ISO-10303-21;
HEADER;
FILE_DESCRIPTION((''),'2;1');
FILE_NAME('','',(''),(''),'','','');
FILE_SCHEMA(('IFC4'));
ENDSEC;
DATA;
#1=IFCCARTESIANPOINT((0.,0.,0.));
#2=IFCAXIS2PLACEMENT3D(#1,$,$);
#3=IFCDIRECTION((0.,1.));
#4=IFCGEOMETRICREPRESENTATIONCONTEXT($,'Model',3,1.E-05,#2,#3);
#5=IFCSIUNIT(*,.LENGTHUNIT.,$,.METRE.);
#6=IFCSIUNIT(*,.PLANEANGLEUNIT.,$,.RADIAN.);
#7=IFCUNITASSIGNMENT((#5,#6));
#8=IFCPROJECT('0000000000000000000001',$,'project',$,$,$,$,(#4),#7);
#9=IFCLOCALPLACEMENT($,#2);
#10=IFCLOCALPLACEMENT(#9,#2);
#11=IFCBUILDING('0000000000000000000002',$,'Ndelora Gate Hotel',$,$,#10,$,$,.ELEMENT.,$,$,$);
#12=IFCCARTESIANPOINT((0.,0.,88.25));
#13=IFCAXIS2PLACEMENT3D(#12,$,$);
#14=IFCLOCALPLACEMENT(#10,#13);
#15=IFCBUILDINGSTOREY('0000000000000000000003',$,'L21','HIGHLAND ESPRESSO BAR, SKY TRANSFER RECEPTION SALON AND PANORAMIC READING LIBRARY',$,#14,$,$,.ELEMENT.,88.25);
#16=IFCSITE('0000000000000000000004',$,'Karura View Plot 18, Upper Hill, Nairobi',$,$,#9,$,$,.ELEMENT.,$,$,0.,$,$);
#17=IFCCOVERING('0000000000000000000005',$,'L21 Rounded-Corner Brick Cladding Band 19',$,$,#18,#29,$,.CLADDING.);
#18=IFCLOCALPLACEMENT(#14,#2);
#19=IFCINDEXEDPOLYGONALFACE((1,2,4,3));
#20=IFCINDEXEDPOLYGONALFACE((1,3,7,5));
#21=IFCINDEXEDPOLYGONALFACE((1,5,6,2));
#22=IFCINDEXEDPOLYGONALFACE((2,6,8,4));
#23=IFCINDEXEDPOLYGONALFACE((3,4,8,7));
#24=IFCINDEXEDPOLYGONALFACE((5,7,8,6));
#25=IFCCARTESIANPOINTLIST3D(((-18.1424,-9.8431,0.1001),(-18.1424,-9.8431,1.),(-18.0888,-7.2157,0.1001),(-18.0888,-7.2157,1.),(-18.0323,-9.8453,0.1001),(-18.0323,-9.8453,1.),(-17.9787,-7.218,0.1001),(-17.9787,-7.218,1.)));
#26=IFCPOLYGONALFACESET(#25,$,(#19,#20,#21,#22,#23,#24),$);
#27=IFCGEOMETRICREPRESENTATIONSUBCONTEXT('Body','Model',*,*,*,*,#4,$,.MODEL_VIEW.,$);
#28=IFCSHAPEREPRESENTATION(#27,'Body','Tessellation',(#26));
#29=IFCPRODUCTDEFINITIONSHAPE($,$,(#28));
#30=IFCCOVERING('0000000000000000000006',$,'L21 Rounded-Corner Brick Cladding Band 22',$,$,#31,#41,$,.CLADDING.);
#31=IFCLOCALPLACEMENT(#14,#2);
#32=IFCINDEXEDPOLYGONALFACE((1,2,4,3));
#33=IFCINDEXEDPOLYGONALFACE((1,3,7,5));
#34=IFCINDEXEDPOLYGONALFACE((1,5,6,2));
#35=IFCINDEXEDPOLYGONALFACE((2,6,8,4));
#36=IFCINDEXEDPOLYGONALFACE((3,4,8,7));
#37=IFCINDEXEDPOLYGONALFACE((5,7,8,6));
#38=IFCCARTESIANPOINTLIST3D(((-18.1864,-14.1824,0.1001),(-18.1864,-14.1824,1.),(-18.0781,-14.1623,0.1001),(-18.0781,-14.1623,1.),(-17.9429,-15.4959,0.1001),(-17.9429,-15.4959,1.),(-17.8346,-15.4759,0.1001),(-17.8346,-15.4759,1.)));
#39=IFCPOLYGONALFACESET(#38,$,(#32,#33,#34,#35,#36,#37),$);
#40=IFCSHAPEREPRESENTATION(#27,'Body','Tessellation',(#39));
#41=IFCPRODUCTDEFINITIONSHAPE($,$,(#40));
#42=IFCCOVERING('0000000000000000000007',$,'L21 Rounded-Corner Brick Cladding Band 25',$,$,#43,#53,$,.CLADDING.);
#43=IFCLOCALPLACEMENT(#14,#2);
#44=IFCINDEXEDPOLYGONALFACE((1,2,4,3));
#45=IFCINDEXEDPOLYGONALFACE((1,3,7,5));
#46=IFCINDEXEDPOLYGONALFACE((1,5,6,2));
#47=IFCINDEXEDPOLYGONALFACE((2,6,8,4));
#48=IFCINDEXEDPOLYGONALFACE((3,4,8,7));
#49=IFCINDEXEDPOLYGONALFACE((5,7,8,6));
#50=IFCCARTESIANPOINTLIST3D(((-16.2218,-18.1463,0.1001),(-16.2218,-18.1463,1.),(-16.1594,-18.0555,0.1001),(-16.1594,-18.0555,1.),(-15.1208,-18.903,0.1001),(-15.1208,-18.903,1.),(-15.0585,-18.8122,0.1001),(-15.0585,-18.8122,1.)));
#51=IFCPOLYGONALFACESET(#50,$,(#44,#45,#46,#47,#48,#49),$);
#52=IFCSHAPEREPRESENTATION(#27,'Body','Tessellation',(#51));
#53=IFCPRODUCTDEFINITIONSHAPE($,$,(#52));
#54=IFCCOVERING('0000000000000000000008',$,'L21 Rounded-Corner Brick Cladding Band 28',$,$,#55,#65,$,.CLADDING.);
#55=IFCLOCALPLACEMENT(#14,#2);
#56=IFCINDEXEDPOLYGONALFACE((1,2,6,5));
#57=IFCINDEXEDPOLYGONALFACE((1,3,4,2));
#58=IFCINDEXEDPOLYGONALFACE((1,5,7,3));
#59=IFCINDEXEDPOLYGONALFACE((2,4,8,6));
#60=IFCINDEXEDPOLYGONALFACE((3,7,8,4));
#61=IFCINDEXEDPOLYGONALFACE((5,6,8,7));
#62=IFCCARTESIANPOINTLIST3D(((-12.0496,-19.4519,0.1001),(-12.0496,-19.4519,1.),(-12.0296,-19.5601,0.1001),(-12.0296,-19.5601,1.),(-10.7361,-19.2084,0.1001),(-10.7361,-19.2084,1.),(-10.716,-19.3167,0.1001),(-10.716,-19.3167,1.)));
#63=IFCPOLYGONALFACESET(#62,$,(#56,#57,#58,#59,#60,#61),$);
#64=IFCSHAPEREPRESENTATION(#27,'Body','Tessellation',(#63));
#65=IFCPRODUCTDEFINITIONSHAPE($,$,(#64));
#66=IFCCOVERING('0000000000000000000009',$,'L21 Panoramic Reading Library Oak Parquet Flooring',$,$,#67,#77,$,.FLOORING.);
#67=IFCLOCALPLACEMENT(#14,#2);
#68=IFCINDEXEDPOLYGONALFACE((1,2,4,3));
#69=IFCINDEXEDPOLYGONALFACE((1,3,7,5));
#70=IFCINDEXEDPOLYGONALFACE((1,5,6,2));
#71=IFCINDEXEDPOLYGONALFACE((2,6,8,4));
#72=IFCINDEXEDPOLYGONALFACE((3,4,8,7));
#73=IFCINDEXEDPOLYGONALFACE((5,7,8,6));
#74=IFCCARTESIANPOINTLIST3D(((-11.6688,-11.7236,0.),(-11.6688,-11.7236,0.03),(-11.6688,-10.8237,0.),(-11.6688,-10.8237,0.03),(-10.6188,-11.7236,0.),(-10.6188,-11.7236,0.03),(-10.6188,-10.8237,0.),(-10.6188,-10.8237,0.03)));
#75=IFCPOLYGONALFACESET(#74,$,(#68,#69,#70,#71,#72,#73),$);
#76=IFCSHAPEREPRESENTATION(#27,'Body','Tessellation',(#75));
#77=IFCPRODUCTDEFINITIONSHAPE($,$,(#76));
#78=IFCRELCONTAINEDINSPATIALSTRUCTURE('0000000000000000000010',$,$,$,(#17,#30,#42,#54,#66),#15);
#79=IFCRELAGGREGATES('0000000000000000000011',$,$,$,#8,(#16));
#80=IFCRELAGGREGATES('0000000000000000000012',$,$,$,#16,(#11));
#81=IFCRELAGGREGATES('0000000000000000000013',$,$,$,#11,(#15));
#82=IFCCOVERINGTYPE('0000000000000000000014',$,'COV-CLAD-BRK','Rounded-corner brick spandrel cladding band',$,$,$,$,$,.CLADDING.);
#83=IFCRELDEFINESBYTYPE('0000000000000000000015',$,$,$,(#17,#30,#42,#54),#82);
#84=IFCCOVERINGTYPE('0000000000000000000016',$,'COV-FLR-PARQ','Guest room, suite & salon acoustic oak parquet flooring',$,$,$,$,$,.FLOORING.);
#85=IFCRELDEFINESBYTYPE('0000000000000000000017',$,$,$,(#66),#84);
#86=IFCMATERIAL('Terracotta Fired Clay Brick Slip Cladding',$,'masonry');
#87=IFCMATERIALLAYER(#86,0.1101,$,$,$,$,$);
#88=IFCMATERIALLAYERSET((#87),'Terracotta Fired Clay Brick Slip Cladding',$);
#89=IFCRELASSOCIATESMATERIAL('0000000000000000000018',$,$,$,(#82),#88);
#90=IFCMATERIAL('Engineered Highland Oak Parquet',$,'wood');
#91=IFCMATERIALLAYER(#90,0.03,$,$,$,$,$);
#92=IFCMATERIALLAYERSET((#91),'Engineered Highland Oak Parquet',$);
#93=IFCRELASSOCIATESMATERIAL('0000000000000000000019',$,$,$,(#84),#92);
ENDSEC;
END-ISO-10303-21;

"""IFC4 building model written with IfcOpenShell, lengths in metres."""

from ifc_helpers import new_model, si_unit, direction, frame, origin, origin_2d, place, context, subcontext, project, spatial, rectangle, extrude, material, layer, layer_set, type_object, element, save


model = new_model("IFC4")

# Units and contexts
model_context = context("Model", 3, precision=1e-05, world=origin(), true_north=direction((0.0, 1.0)))
body_context = subcontext(model_context, "Body", "Model", "MODEL_VIEW")
ifc_project = project(units=[si_unit("LENGTHUNIT", "METRE"), si_unit("PLANEANGLEUNIT", "RADIAN")], contexts=[model_context])

# Site, building, storey
site_placement = place(None, origin())
site = spatial("IfcSite", under=ifc_project, at=site_placement, Name="Karura View Plot 18, Upper Hill, Nairobi", CompositionType="ELEMENT", RefElevation=0.0)
building_placement = place(site_placement, origin())
building = spatial("IfcBuilding", under=site, at=building_placement, Name="Ndelora Gate Hotel", CompositionType="ELEMENT")
storey_placement = place(building_placement, frame((0.0, 0.0, 88.25)))
storey = spatial("IfcBuildingStorey", under=building, at=storey_placement, Name="L21", Description="HIGHLAND ESPRESSO BAR, SKY TRANSFER RECEPTION SALON AND PANORAMIC READING LIBRARY", CompositionType="ELEMENT", Elevation=88.25)

# Coverings
ifc_material_1 = material(Name="Terracotta Fired Clay Brick Slip Cladding", Category="masonry")
ifc_layer_1 = layer(ifc_material_1, 0.1101)
ifc_layer_set_1 = layer_set([ifc_layer_1], Name="Terracotta Fired Clay Brick Slip Cladding")
covering_type_1 = type_object("IfcCoveringType", Name="COV-CLAD-BRK", Description="Rounded-corner brick spandrel cladding band", PredefinedType="CLADDING", material=ifc_layer_set_1)
covering_1_placement = place(storey_placement, frame((-18.0605, -8.5305, 0.1001), z_axis=(0.0, 0.0, 1.0), x_axis=(0.020419, 0.999792, 0.0)))
element("IfcCovering", 1, at=covering_1_placement, inside=storey, type_object=covering_type_1, Name="L21 Rounded-Corner Brick Cladding Band 19", PredefinedType="CLADDING", context=body_context, shape_type="SweptSolid", body=[
    extrude(rectangle(XDim=2.6279, YDim=0.1101, at=origin_2d()), origin(), (0.0, 0.0, 1.0), 0.8999),
])
for number, where, z_axis, x_axis, name in (
    (2, (-18.0105, -14.8291, 0.1001), (0.0, 0.0, 1.0), (-0.182236, 0.983255, 0.0), "L21 Rounded-Corner Brick Cladding Band 22"),
    (3, (-15.6401, -18.4792, 0.1001), (0.0, 0.0, 1.0), (-0.824126, 0.566406, 0.0), "L21 Rounded-Corner Brick Cladding Band 25"),
    (4, (-11.3828, -19.3843, 0.1001), (0.0, 0.0, 1.0), (0.983255, 0.182236, 0.0), "L21 Rounded-Corner Brick Cladding Band 28"),
):
    element("IfcCovering", number, at=place(storey_placement, frame(where, z_axis=z_axis, x_axis=x_axis)), inside=storey, type_object=covering_type_1, Name=name, PredefinedType="CLADDING", context=body_context, shape_type="SweptSolid", body=[
        extrude(rectangle(XDim=1.3359, YDim=0.1101, at=origin_2d()), origin(), (0.0, 0.0, 1.0), 0.8999),
    ])
ifc_material_2 = material(Name="Engineered Highland Oak Parquet", Category="wood")
ifc_layer_2 = layer(ifc_material_2, 0.03)
ifc_layer_set_2 = layer_set([ifc_layer_2], Name="Engineered Highland Oak Parquet")
covering_type_2 = type_object("IfcCoveringType", Name="COV-FLR-PARQ", Description="Guest room, suite & salon acoustic oak parquet flooring", PredefinedType="FLOORING", material=ifc_layer_set_2)
covering_2_placement = place(storey_placement, frame((-11.1438, -11.2737, 0.0), z_axis=(0.0, 0.0, 1.0), x_axis=(1.0, 0.0, 0.0)))
element("IfcCovering", 5, at=covering_2_placement, inside=storey, type_object=covering_type_2, Name="L21 Panoramic Reading Library Oak Parquet Flooring", PredefinedType="FLOORING", context=body_context, shape_type="SweptSolid", body=[
    extrude(rectangle(XDim=1.05, YDim=0.8999, at=origin_2d()), origin(), (0.0, 0.0, 1.0), 0.03),
])

save(model, "model.ifc")
